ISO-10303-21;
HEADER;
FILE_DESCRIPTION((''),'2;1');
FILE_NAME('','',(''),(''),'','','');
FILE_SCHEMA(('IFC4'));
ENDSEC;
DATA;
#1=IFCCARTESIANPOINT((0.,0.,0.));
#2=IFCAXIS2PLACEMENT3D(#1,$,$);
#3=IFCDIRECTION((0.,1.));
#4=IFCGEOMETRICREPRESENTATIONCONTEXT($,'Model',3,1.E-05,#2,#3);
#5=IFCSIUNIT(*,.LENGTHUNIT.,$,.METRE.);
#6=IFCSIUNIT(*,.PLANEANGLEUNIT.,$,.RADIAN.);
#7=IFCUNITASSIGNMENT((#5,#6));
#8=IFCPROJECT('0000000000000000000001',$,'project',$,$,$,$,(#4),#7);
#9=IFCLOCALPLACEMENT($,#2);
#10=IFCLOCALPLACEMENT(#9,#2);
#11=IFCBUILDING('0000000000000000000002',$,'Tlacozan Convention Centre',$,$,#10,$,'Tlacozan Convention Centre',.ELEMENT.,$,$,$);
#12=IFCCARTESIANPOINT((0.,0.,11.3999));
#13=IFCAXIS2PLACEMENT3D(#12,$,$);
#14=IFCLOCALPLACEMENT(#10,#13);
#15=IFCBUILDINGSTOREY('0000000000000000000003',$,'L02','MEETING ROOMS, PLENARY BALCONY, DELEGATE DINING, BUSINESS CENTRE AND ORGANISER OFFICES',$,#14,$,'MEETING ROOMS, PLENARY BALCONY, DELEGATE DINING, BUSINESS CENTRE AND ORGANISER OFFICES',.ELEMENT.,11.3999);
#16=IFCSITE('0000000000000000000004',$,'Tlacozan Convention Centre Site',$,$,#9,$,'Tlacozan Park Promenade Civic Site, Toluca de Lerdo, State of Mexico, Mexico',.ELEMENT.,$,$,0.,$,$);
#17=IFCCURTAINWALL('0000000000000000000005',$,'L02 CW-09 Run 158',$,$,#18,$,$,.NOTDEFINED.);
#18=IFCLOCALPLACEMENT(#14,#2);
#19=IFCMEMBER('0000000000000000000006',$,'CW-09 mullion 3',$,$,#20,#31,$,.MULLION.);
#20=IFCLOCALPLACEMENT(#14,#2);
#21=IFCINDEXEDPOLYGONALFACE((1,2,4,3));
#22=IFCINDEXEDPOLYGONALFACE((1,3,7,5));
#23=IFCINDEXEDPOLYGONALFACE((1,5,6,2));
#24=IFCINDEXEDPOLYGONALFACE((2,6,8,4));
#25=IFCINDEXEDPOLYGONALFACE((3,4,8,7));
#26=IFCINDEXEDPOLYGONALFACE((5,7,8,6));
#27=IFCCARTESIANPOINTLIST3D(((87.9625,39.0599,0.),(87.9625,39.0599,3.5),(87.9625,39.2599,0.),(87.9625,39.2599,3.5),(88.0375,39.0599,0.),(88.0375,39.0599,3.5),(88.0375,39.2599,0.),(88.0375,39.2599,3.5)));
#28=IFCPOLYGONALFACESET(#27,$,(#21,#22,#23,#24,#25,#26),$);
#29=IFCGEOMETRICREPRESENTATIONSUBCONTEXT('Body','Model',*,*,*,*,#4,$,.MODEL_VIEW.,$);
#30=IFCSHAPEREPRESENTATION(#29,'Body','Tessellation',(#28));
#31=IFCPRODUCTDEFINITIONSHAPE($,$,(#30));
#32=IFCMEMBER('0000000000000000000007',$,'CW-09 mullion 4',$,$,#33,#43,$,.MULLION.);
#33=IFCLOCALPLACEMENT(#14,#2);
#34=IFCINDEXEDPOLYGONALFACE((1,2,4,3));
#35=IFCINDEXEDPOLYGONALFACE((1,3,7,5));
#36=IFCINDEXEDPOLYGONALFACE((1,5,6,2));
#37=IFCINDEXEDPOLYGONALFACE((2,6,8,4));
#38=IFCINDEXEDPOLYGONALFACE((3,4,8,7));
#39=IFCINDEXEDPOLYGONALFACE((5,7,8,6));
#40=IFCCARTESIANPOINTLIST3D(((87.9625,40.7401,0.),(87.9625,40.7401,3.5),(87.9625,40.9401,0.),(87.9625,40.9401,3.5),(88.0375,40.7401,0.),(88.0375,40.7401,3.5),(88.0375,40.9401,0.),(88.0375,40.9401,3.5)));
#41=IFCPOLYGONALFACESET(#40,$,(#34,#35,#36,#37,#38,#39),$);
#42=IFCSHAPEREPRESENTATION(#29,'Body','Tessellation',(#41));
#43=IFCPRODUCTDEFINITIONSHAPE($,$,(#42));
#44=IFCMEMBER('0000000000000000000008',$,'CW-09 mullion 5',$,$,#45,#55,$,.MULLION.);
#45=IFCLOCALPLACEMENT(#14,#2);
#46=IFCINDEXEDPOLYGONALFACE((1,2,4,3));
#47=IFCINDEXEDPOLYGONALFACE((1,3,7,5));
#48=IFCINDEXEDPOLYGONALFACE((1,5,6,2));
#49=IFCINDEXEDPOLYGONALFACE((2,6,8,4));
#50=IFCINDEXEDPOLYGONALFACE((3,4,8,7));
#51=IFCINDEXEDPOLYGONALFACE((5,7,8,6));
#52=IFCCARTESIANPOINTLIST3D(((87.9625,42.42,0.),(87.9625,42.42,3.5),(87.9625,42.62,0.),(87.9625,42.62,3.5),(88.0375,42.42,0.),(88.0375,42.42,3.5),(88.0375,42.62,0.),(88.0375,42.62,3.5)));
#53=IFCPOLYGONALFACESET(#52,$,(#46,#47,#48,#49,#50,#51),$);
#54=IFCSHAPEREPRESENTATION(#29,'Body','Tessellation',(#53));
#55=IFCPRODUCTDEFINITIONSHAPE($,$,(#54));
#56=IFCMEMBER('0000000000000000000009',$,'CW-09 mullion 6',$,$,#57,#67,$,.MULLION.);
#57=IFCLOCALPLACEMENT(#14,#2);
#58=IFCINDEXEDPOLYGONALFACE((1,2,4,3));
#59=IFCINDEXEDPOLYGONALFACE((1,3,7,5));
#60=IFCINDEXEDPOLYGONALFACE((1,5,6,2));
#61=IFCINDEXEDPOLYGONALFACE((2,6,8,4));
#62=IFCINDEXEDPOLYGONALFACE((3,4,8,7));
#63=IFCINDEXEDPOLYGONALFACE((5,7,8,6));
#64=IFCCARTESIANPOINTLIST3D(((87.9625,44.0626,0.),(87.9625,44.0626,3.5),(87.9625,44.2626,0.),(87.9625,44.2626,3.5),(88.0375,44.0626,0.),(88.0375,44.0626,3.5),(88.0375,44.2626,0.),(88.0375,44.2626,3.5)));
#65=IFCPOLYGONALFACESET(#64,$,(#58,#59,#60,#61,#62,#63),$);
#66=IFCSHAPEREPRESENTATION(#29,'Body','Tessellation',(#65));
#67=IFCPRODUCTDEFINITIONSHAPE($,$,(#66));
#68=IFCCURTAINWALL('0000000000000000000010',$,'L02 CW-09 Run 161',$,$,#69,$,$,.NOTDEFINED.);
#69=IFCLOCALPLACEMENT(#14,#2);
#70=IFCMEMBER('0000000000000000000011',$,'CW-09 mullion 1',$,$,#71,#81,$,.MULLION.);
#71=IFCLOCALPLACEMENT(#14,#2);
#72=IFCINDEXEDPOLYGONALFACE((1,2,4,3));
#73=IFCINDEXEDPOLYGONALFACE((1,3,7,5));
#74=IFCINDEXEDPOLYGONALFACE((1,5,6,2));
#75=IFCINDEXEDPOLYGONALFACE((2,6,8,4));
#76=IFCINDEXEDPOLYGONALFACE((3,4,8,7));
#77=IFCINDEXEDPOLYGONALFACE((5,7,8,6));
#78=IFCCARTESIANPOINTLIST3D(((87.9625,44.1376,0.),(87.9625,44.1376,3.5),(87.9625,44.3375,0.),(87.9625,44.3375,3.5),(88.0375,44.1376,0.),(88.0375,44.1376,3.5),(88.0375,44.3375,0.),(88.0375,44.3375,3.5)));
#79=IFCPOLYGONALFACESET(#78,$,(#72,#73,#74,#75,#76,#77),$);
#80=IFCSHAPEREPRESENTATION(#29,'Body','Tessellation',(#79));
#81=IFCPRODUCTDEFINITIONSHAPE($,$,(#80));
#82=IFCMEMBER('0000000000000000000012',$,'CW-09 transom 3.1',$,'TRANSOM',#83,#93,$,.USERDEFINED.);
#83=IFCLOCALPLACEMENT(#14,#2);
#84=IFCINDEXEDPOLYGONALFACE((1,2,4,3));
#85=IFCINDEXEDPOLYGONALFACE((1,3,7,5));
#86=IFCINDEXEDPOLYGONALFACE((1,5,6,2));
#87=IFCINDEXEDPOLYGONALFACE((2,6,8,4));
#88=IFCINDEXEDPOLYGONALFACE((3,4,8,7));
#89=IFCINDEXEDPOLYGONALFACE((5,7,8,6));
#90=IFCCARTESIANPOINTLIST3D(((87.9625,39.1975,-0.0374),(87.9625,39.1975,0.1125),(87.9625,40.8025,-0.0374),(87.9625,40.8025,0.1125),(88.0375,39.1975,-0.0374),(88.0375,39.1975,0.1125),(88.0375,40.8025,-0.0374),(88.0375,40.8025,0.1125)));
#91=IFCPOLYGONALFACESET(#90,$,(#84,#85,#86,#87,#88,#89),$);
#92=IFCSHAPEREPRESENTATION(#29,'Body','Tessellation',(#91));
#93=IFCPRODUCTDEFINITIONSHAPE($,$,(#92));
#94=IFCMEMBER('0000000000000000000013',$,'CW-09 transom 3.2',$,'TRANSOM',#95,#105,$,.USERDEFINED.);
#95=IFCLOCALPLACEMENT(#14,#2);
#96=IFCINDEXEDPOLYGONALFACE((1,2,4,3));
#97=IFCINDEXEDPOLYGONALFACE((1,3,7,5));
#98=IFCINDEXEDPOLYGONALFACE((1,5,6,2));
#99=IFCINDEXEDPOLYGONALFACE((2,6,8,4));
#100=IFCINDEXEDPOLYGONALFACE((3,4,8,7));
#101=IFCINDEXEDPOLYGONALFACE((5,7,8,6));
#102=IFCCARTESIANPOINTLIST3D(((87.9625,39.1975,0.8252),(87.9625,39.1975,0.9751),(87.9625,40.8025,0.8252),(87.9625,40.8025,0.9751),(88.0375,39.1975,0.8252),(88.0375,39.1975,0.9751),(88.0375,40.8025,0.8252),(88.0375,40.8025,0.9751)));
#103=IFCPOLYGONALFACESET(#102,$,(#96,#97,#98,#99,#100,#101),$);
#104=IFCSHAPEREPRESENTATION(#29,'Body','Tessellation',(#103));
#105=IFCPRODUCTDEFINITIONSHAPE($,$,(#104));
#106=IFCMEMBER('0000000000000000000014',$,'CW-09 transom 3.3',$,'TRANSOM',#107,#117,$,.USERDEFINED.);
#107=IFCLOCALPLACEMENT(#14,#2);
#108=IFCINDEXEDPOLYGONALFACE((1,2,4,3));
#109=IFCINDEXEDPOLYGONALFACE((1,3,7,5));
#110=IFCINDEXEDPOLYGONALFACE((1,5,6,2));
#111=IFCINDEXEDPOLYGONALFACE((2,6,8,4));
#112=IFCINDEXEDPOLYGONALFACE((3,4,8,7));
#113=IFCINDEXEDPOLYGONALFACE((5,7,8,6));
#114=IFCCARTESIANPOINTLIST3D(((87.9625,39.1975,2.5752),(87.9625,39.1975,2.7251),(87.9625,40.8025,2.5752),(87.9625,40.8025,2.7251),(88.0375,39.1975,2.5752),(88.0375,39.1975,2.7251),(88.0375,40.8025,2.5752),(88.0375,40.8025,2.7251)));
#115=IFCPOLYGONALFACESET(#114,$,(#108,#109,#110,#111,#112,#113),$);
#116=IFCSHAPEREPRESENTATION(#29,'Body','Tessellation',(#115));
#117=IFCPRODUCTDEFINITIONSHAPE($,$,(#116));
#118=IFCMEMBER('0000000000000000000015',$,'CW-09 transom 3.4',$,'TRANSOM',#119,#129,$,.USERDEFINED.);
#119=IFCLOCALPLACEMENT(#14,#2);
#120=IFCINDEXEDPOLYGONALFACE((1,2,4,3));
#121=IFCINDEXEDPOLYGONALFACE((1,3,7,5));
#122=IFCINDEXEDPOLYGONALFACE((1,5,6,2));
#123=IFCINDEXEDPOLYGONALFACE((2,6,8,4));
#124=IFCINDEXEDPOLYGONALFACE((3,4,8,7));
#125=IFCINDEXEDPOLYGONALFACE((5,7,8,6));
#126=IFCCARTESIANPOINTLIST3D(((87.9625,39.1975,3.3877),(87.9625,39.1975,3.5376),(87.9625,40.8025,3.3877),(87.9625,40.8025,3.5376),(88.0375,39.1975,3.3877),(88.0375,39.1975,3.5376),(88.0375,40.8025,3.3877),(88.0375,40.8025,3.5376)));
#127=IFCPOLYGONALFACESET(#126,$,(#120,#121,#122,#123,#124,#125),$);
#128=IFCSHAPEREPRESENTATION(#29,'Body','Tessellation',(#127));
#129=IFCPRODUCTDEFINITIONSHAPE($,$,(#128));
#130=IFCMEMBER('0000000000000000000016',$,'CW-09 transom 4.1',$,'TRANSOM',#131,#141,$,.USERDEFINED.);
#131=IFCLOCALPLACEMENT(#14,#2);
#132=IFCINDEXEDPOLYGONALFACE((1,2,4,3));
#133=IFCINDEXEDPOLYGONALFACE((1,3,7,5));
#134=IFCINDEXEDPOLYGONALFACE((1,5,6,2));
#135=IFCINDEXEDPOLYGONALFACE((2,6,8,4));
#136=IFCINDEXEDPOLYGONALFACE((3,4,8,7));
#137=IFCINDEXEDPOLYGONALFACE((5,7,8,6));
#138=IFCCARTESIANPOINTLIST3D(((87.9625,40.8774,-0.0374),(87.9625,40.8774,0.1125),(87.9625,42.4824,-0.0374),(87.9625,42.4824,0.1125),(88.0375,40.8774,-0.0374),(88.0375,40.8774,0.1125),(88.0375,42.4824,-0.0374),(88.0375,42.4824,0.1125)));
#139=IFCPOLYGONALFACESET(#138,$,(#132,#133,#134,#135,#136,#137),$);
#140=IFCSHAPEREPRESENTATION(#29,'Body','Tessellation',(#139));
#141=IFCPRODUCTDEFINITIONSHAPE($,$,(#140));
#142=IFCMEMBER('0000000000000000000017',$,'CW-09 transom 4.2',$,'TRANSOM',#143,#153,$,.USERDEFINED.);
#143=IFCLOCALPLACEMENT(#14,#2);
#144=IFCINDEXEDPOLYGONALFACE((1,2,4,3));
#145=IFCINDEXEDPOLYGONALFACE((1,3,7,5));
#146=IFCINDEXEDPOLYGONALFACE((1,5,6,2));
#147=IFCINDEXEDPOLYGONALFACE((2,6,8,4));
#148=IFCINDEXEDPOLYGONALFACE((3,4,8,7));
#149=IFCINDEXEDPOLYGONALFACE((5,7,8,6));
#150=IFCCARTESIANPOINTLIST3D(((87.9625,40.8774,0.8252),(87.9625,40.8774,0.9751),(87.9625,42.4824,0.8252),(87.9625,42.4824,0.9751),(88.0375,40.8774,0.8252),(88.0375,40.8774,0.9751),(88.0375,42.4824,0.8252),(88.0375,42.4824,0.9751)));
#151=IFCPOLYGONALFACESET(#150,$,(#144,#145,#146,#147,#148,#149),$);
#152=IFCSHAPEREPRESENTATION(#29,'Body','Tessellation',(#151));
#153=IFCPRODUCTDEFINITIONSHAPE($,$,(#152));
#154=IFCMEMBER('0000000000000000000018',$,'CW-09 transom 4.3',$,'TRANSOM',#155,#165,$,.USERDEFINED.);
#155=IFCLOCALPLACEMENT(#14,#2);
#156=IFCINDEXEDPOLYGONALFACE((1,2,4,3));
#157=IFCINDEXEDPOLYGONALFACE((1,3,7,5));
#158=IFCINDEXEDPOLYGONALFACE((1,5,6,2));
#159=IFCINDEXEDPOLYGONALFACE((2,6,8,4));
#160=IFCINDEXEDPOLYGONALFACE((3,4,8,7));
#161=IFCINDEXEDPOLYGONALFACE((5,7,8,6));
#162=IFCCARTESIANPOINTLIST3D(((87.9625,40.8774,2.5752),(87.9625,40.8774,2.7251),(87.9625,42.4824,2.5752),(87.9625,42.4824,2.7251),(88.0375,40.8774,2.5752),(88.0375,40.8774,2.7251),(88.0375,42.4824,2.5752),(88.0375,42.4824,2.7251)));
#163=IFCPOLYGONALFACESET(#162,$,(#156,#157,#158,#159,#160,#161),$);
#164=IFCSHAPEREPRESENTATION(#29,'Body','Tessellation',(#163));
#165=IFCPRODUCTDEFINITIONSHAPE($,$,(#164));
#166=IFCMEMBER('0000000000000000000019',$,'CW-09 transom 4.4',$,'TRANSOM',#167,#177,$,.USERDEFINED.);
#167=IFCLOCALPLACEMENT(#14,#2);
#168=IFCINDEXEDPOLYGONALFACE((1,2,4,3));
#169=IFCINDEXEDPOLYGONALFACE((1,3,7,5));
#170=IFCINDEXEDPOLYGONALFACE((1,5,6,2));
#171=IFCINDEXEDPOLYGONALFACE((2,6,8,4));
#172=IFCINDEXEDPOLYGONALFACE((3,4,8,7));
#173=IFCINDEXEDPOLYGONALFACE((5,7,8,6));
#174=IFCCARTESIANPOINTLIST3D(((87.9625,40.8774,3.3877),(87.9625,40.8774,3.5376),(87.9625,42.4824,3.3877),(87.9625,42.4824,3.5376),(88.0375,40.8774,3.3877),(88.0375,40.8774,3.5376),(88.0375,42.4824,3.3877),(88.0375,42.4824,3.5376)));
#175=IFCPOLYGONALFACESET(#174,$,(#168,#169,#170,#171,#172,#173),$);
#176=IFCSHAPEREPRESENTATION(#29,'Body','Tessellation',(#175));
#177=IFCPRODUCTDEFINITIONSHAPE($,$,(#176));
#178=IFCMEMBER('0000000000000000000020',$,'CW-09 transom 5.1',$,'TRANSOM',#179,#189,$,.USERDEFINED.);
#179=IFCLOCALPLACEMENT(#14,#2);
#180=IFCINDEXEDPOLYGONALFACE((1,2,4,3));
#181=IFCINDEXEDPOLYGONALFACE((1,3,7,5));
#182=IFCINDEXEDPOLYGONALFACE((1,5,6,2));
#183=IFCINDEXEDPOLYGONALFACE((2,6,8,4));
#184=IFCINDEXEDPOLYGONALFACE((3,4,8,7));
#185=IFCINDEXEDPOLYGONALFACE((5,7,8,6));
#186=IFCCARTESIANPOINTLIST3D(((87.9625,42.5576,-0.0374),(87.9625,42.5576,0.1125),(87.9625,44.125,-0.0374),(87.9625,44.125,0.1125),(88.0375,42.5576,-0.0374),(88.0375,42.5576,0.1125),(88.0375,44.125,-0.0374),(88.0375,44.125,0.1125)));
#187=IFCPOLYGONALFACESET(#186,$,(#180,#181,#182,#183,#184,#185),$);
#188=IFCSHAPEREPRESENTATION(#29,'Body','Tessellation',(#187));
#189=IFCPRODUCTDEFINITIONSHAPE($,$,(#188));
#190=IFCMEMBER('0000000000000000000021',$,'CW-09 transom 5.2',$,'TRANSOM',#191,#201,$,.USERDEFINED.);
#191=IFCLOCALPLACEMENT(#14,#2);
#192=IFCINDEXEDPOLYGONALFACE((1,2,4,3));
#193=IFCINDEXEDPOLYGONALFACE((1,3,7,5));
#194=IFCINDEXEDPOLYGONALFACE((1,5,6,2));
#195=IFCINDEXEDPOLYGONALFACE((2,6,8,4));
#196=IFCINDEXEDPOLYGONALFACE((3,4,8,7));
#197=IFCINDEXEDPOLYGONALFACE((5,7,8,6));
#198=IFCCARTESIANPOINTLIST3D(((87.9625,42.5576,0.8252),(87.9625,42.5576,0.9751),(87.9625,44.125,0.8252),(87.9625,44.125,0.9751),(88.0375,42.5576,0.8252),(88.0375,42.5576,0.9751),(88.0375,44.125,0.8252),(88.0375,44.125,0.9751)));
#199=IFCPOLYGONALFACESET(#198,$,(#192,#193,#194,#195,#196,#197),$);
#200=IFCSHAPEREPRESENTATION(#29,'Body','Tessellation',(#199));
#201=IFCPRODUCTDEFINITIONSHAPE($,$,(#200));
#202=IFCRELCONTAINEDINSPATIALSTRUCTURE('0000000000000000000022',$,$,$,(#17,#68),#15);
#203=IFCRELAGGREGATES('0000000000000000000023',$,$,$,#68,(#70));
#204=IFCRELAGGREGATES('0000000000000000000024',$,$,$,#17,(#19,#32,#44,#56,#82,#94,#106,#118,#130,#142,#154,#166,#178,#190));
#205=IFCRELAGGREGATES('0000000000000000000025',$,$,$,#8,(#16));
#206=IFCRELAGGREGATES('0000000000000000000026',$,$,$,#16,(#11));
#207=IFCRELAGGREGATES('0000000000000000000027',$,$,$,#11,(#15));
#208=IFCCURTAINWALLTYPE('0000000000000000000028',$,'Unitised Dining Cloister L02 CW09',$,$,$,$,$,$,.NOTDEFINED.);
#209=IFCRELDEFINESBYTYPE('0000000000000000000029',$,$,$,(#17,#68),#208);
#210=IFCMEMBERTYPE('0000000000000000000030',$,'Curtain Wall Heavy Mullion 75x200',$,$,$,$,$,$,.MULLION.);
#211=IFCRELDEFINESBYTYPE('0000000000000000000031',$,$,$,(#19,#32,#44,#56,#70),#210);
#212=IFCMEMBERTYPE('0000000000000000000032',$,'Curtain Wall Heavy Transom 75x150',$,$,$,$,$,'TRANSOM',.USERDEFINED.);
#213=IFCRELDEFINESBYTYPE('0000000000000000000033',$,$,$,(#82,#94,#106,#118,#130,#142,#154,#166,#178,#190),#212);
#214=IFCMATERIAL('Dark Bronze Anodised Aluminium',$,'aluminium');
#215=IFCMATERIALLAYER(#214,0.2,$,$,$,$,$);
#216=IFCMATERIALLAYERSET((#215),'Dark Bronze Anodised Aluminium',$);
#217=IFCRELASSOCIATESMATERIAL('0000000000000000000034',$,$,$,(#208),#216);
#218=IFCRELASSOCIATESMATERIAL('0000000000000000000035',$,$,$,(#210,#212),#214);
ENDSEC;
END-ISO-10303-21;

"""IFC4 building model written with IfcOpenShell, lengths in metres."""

from ifc_helpers import new_model, si_unit, direction, frame, origin, origin_2d, place, context, subcontext, project, spatial, rectangle, extrude, material, layer, layer_set, material_profile, profile_set, type_object, element, aggregate, save


model = new_model("IFC4")

# Units and contexts
model_context = context("Model", 3, precision=1e-05, world=origin(), true_north=direction((0.0, 1.0)))
body_context = subcontext(model_context, "Body", "Model", "MODEL_VIEW")
ifc_project = project(units=[si_unit("LENGTHUNIT", "METRE"), si_unit("PLANEANGLEUNIT", "RADIAN")], contexts=[model_context])

# Site, building, storey
site_placement = place(None, origin())
site = spatial("IfcSite", under=ifc_project, at=site_placement, Name="Tlacozan Convention Centre Site", LongName="Tlacozan Park Promenade Civic Site, Toluca de Lerdo, State of Mexico, Mexico", CompositionType="ELEMENT", RefElevation=0.0)
building_placement = place(site_placement, origin())
building = spatial("IfcBuilding", under=site, at=building_placement, Name="Tlacozan Convention Centre", LongName="Tlacozan Convention Centre", CompositionType="ELEMENT")
storey_placement = place(building_placement, frame((0.0, 0.0, 11.3999)))
storey = spatial("IfcBuildingStorey", under=building, at=storey_placement, Name="L02", Description="MEETING ROOMS, PLENARY BALCONY, DELEGATE DINING, BUSINESS CENTRE AND ORGANISER OFFICES", LongName="MEETING ROOMS, PLENARY BALCONY, DELEGATE DINING, BUSINESS CENTRE AND ORGANISER OFFICES", CompositionType="ELEMENT", Elevation=11.3999)

# Curtain wall, members
ifc_material_1 = material(Name="Dark Bronze Anodised Aluminium", Category="aluminium")
ifc_layer_1 = layer(ifc_material_1, 0.2)
ifc_layer_set_1 = layer_set([ifc_layer_1], Name="Dark Bronze Anodised Aluminium")
curtain_wall_type = type_object("IfcCurtainWallType", Name="Unitised Dining Cloister L02 CW09", PredefinedType="NOTDEFINED", material=ifc_layer_set_1)
curtain_wall_1_placement = place(storey_placement, origin())
curtain_wall_1 = element("IfcCurtainWall", 1, at=curtain_wall_1_placement, inside=storey, type_object=curtain_wall_type, Name="L02 CW-09 Run 158", PredefinedType="NOTDEFINED")
ifc_material_profile_1 = material_profile(ifc_material_1, rectangle(XDim=0.075, YDim=0.2, at=origin_2d()), Name="ALU 75x200")
ifc_profile_set_1 = profile_set([ifc_material_profile_1], Name="Dark Bronze Anodised Aluminium")
member_type_1 = type_object("IfcMemberType", Name="Curtain Wall Heavy Mullion 75x200", PredefinedType="MULLION", material=ifc_profile_set_1)
member_1_placement = place(storey_placement, frame((88.0, 39.1599, 0.0), z_axis=(0.0, 0.0, 1.0), x_axis=(-1.0, 0.0, 0.0)))
member_1 = element("IfcMember", 2, at=member_1_placement, type_object=member_type_1, Name="CW-09 mullion 3", PredefinedType="MULLION", context=body_context, shape_type="SweptSolid", body=[
    extrude(rectangle(XDim=0.075, YDim=0.2, at=origin_2d()), origin(), (0.0, 0.0, 1.0), 3.5),
])
member_2_placement = place(storey_placement, frame((88.0, 40.8401, 0.0), z_axis=(0.0, 0.0, 1.0), x_axis=(-1.0, 0.0, 0.0)))
member_2 = element("IfcMember", 3, at=member_2_placement, type_object=member_type_1, Name="CW-09 mullion 4", PredefinedType="MULLION", context=body_context, shape_type="SweptSolid", body=[
    extrude(rectangle(XDim=0.075, YDim=0.2, at=origin_2d()), origin(), (0.0, 0.0, 1.0), 3.5),
])
member_3_placement = place(storey_placement, frame((88.0, 42.52, 0.0), z_axis=(0.0, 0.0, 1.0), x_axis=(-1.0, 0.0, 0.0)))
member_3 = element("IfcMember", 4, at=member_3_placement, type_object=member_type_1, Name="CW-09 mullion 5", PredefinedType="MULLION", context=body_context, shape_type="SweptSolid", body=[
    extrude(rectangle(XDim=0.075, YDim=0.2, at=origin_2d()), origin(), (0.0, 0.0, 1.0), 3.5),
])
member_4_placement = place(storey_placement, frame((88.0, 44.1626, 0.0), z_axis=(0.0, 0.0, 1.0), x_axis=(-1.0, 0.0, 0.0)))
member_4 = element("IfcMember", 5, at=member_4_placement, type_object=member_type_1, Name="CW-09 mullion 6", PredefinedType="MULLION", context=body_context, shape_type="SweptSolid", body=[
    extrude(rectangle(XDim=0.075, YDim=0.2, at=origin_2d()), origin(), (0.0, 0.0, 1.0), 3.5),
])

# Curtain wall, member
curtain_wall_2_placement = place(storey_placement, origin())
curtain_wall_2 = element("IfcCurtainWall", 6, at=curtain_wall_2_placement, inside=storey, type_object=curtain_wall_type, Name="L02 CW-09 Run 161", PredefinedType="NOTDEFINED")
member_5_placement = place(storey_placement, frame((88.0, 44.2375, 0.0), z_axis=(0.0, 0.0, 1.0), x_axis=(-1.0, 0.0, 0.0)))
member_5 = element("IfcMember", 7, at=member_5_placement, type_object=member_type_1, Name="CW-09 mullion 1", PredefinedType="MULLION", context=body_context, shape_type="SweptSolid", body=[
    extrude(rectangle(XDim=0.075, YDim=0.2, at=origin_2d()), origin(), (0.0, 0.0, 1.0), 3.5),
])

# Members
ifc_material_profile_2 = material_profile(ifc_material_1, rectangle(XDim=0.075, YDim=0.1499, at=origin_2d()), Name="ALU 75x150")
ifc_profile_set_2 = profile_set([ifc_material_profile_2], Name="Dark Bronze Anodised Aluminium")
member_type_2 = type_object("IfcMemberType", Name="Curtain Wall Heavy Transom 75x150", ElementType="TRANSOM", PredefinedType="USERDEFINED", material=ifc_profile_set_2)
member_6_placement = place(storey_placement, frame((88.0, 39.1975, 0.0376), z_axis=(0.0, 1.0, 0.0), x_axis=(-1.0, 0.0, 0.0)))
member_6 = element("IfcMember", 8, at=member_6_placement, type_object=member_type_2, Name="CW-09 transom 3.1", ObjectType="TRANSOM", PredefinedType="USERDEFINED", context=body_context, shape_type="SweptSolid", body=[
    extrude(rectangle(XDim=0.075, YDim=0.1499, at=origin_2d()), origin(), (0.0, 0.0, 1.0), 1.605),
])
member_7_placement = place(storey_placement, frame((88.0, 39.1975, 0.9001), z_axis=(0.0, 1.0, 0.0), x_axis=(-1.0, 0.0, 0.0)))
member_7 = element("IfcMember", 9, at=member_7_placement, type_object=member_type_2, Name="CW-09 transom 3.2", ObjectType="TRANSOM", PredefinedType="USERDEFINED", context=body_context, shape_type="SweptSolid", body=[
    extrude(rectangle(XDim=0.075, YDim=0.1499, at=origin_2d()), origin(), (0.0, 0.0, 1.0), 1.605),
])
member_8_placement = place(storey_placement, frame((88.0, 39.1975, 2.6501), z_axis=(0.0, 1.0, 0.0), x_axis=(-1.0, 0.0, 0.0)))
member_8 = element("IfcMember", 10, at=member_8_placement, type_object=member_type_2, Name="CW-09 transom 3.3", ObjectType="TRANSOM", PredefinedType="USERDEFINED", context=body_context, shape_type="SweptSolid", body=[
    extrude(rectangle(XDim=0.075, YDim=0.1499, at=origin_2d()), origin(), (0.0, 0.0, 1.0), 1.605),
])
member_9_placement = place(storey_placement, frame((88.0, 39.1975, 3.4626), z_axis=(0.0, 1.0, 0.0), x_axis=(-1.0, 0.0, 0.0)))
member_9 = element("IfcMember", 11, at=member_9_placement, type_object=member_type_2, Name="CW-09 transom 3.4", ObjectType="TRANSOM", PredefinedType="USERDEFINED", context=body_context, shape_type="SweptSolid", body=[
    extrude(rectangle(XDim=0.075, YDim=0.1499, at=origin_2d()), origin(), (0.0, 0.0, 1.0), 1.605),
])
member_10_placement = place(storey_placement, frame((88.0, 40.8774, 0.0376), z_axis=(0.0, 1.0, 0.0), x_axis=(-1.0, 0.0, 0.0)))
member_10 = element("IfcMember", 12, at=member_10_placement, type_object=member_type_2, Name="CW-09 transom 4.1", ObjectType="TRANSOM", PredefinedType="USERDEFINED", context=body_context, shape_type="SweptSolid", body=[
    extrude(rectangle(XDim=0.075, YDim=0.1499, at=origin_2d()), origin(), (0.0, 0.0, 1.0), 1.605),
])
member_11_placement = place(storey_placement, frame((88.0, 40.8774, 0.9001), z_axis=(0.0, 1.0, 0.0), x_axis=(-1.0, 0.0, 0.0)))
member_11 = element("IfcMember", 13, at=member_11_placement, type_object=member_type_2, Name="CW-09 transom 4.2", ObjectType="TRANSOM", PredefinedType="USERDEFINED", context=body_context, shape_type="SweptSolid", body=[
    extrude(rectangle(XDim=0.075, YDim=0.1499, at=origin_2d()), origin(), (0.0, 0.0, 1.0), 1.605),
])
member_12_placement = place(storey_placement, frame((88.0, 40.8774, 2.6501), z_axis=(0.0, 1.0, 0.0), x_axis=(-1.0, 0.0, 0.0)))
member_12 = element("IfcMember", 14, at=member_12_placement, type_object=member_type_2, Name="CW-09 transom 4.3", ObjectType="TRANSOM", PredefinedType="USERDEFINED", context=body_context, shape_type="SweptSolid", body=[
    extrude(rectangle(XDim=0.075, YDim=0.1499, at=origin_2d()), origin(), (0.0, 0.0, 1.0), 1.605),
])
member_13_placement = place(storey_placement, frame((88.0, 40.8774, 3.4626), z_axis=(0.0, 1.0, 0.0), x_axis=(-1.0, 0.0, 0.0)))
member_13 = element("IfcMember", 15, at=member_13_placement, type_object=member_type_2, Name="CW-09 transom 4.4", ObjectType="TRANSOM", PredefinedType="USERDEFINED", context=body_context, shape_type="SweptSolid", body=[
    extrude(rectangle(XDim=0.075, YDim=0.1499, at=origin_2d()), origin(), (0.0, 0.0, 1.0), 1.605),
])
member_14_placement = place(storey_placement, frame((88.0, 42.5576, 0.0376), z_axis=(0.0, 1.0, 0.0), x_axis=(-1.0, 0.0, 0.0)))
member_14 = element("IfcMember", 16, at=member_14_placement, type_object=member_type_2, Name="CW-09 transom 5.1", ObjectType="TRANSOM", PredefinedType="USERDEFINED", context=body_context, shape_type="SweptSolid", body=[
    extrude(rectangle(XDim=0.075, YDim=0.1499, at=origin_2d()), origin(), (0.0, 0.0, 1.0), 1.5674),
])
member_15_placement = place(storey_placement, frame((88.0, 42.5576, 0.9001), z_axis=(0.0, 1.0, 0.0), x_axis=(-1.0, 0.0, 0.0)))
member_15 = element("IfcMember", 17, at=member_15_placement, type_object=member_type_2, Name="CW-09 transom 5.2", ObjectType="TRANSOM", PredefinedType="USERDEFINED", context=body_context, shape_type="SweptSolid", body=[
    extrude(rectangle(XDim=0.075, YDim=0.1499, at=origin_2d()), origin(), (0.0, 0.0, 1.0), 1.5674),
])
aggregate(curtain_wall_2, [member_5])

aggregate(curtain_wall_1, [member_1, member_2, member_3, member_4, member_6, member_7, member_8, member_9, member_10, member_11, member_12, member_13, member_14, member_15])

save(model, "model.ifc")
